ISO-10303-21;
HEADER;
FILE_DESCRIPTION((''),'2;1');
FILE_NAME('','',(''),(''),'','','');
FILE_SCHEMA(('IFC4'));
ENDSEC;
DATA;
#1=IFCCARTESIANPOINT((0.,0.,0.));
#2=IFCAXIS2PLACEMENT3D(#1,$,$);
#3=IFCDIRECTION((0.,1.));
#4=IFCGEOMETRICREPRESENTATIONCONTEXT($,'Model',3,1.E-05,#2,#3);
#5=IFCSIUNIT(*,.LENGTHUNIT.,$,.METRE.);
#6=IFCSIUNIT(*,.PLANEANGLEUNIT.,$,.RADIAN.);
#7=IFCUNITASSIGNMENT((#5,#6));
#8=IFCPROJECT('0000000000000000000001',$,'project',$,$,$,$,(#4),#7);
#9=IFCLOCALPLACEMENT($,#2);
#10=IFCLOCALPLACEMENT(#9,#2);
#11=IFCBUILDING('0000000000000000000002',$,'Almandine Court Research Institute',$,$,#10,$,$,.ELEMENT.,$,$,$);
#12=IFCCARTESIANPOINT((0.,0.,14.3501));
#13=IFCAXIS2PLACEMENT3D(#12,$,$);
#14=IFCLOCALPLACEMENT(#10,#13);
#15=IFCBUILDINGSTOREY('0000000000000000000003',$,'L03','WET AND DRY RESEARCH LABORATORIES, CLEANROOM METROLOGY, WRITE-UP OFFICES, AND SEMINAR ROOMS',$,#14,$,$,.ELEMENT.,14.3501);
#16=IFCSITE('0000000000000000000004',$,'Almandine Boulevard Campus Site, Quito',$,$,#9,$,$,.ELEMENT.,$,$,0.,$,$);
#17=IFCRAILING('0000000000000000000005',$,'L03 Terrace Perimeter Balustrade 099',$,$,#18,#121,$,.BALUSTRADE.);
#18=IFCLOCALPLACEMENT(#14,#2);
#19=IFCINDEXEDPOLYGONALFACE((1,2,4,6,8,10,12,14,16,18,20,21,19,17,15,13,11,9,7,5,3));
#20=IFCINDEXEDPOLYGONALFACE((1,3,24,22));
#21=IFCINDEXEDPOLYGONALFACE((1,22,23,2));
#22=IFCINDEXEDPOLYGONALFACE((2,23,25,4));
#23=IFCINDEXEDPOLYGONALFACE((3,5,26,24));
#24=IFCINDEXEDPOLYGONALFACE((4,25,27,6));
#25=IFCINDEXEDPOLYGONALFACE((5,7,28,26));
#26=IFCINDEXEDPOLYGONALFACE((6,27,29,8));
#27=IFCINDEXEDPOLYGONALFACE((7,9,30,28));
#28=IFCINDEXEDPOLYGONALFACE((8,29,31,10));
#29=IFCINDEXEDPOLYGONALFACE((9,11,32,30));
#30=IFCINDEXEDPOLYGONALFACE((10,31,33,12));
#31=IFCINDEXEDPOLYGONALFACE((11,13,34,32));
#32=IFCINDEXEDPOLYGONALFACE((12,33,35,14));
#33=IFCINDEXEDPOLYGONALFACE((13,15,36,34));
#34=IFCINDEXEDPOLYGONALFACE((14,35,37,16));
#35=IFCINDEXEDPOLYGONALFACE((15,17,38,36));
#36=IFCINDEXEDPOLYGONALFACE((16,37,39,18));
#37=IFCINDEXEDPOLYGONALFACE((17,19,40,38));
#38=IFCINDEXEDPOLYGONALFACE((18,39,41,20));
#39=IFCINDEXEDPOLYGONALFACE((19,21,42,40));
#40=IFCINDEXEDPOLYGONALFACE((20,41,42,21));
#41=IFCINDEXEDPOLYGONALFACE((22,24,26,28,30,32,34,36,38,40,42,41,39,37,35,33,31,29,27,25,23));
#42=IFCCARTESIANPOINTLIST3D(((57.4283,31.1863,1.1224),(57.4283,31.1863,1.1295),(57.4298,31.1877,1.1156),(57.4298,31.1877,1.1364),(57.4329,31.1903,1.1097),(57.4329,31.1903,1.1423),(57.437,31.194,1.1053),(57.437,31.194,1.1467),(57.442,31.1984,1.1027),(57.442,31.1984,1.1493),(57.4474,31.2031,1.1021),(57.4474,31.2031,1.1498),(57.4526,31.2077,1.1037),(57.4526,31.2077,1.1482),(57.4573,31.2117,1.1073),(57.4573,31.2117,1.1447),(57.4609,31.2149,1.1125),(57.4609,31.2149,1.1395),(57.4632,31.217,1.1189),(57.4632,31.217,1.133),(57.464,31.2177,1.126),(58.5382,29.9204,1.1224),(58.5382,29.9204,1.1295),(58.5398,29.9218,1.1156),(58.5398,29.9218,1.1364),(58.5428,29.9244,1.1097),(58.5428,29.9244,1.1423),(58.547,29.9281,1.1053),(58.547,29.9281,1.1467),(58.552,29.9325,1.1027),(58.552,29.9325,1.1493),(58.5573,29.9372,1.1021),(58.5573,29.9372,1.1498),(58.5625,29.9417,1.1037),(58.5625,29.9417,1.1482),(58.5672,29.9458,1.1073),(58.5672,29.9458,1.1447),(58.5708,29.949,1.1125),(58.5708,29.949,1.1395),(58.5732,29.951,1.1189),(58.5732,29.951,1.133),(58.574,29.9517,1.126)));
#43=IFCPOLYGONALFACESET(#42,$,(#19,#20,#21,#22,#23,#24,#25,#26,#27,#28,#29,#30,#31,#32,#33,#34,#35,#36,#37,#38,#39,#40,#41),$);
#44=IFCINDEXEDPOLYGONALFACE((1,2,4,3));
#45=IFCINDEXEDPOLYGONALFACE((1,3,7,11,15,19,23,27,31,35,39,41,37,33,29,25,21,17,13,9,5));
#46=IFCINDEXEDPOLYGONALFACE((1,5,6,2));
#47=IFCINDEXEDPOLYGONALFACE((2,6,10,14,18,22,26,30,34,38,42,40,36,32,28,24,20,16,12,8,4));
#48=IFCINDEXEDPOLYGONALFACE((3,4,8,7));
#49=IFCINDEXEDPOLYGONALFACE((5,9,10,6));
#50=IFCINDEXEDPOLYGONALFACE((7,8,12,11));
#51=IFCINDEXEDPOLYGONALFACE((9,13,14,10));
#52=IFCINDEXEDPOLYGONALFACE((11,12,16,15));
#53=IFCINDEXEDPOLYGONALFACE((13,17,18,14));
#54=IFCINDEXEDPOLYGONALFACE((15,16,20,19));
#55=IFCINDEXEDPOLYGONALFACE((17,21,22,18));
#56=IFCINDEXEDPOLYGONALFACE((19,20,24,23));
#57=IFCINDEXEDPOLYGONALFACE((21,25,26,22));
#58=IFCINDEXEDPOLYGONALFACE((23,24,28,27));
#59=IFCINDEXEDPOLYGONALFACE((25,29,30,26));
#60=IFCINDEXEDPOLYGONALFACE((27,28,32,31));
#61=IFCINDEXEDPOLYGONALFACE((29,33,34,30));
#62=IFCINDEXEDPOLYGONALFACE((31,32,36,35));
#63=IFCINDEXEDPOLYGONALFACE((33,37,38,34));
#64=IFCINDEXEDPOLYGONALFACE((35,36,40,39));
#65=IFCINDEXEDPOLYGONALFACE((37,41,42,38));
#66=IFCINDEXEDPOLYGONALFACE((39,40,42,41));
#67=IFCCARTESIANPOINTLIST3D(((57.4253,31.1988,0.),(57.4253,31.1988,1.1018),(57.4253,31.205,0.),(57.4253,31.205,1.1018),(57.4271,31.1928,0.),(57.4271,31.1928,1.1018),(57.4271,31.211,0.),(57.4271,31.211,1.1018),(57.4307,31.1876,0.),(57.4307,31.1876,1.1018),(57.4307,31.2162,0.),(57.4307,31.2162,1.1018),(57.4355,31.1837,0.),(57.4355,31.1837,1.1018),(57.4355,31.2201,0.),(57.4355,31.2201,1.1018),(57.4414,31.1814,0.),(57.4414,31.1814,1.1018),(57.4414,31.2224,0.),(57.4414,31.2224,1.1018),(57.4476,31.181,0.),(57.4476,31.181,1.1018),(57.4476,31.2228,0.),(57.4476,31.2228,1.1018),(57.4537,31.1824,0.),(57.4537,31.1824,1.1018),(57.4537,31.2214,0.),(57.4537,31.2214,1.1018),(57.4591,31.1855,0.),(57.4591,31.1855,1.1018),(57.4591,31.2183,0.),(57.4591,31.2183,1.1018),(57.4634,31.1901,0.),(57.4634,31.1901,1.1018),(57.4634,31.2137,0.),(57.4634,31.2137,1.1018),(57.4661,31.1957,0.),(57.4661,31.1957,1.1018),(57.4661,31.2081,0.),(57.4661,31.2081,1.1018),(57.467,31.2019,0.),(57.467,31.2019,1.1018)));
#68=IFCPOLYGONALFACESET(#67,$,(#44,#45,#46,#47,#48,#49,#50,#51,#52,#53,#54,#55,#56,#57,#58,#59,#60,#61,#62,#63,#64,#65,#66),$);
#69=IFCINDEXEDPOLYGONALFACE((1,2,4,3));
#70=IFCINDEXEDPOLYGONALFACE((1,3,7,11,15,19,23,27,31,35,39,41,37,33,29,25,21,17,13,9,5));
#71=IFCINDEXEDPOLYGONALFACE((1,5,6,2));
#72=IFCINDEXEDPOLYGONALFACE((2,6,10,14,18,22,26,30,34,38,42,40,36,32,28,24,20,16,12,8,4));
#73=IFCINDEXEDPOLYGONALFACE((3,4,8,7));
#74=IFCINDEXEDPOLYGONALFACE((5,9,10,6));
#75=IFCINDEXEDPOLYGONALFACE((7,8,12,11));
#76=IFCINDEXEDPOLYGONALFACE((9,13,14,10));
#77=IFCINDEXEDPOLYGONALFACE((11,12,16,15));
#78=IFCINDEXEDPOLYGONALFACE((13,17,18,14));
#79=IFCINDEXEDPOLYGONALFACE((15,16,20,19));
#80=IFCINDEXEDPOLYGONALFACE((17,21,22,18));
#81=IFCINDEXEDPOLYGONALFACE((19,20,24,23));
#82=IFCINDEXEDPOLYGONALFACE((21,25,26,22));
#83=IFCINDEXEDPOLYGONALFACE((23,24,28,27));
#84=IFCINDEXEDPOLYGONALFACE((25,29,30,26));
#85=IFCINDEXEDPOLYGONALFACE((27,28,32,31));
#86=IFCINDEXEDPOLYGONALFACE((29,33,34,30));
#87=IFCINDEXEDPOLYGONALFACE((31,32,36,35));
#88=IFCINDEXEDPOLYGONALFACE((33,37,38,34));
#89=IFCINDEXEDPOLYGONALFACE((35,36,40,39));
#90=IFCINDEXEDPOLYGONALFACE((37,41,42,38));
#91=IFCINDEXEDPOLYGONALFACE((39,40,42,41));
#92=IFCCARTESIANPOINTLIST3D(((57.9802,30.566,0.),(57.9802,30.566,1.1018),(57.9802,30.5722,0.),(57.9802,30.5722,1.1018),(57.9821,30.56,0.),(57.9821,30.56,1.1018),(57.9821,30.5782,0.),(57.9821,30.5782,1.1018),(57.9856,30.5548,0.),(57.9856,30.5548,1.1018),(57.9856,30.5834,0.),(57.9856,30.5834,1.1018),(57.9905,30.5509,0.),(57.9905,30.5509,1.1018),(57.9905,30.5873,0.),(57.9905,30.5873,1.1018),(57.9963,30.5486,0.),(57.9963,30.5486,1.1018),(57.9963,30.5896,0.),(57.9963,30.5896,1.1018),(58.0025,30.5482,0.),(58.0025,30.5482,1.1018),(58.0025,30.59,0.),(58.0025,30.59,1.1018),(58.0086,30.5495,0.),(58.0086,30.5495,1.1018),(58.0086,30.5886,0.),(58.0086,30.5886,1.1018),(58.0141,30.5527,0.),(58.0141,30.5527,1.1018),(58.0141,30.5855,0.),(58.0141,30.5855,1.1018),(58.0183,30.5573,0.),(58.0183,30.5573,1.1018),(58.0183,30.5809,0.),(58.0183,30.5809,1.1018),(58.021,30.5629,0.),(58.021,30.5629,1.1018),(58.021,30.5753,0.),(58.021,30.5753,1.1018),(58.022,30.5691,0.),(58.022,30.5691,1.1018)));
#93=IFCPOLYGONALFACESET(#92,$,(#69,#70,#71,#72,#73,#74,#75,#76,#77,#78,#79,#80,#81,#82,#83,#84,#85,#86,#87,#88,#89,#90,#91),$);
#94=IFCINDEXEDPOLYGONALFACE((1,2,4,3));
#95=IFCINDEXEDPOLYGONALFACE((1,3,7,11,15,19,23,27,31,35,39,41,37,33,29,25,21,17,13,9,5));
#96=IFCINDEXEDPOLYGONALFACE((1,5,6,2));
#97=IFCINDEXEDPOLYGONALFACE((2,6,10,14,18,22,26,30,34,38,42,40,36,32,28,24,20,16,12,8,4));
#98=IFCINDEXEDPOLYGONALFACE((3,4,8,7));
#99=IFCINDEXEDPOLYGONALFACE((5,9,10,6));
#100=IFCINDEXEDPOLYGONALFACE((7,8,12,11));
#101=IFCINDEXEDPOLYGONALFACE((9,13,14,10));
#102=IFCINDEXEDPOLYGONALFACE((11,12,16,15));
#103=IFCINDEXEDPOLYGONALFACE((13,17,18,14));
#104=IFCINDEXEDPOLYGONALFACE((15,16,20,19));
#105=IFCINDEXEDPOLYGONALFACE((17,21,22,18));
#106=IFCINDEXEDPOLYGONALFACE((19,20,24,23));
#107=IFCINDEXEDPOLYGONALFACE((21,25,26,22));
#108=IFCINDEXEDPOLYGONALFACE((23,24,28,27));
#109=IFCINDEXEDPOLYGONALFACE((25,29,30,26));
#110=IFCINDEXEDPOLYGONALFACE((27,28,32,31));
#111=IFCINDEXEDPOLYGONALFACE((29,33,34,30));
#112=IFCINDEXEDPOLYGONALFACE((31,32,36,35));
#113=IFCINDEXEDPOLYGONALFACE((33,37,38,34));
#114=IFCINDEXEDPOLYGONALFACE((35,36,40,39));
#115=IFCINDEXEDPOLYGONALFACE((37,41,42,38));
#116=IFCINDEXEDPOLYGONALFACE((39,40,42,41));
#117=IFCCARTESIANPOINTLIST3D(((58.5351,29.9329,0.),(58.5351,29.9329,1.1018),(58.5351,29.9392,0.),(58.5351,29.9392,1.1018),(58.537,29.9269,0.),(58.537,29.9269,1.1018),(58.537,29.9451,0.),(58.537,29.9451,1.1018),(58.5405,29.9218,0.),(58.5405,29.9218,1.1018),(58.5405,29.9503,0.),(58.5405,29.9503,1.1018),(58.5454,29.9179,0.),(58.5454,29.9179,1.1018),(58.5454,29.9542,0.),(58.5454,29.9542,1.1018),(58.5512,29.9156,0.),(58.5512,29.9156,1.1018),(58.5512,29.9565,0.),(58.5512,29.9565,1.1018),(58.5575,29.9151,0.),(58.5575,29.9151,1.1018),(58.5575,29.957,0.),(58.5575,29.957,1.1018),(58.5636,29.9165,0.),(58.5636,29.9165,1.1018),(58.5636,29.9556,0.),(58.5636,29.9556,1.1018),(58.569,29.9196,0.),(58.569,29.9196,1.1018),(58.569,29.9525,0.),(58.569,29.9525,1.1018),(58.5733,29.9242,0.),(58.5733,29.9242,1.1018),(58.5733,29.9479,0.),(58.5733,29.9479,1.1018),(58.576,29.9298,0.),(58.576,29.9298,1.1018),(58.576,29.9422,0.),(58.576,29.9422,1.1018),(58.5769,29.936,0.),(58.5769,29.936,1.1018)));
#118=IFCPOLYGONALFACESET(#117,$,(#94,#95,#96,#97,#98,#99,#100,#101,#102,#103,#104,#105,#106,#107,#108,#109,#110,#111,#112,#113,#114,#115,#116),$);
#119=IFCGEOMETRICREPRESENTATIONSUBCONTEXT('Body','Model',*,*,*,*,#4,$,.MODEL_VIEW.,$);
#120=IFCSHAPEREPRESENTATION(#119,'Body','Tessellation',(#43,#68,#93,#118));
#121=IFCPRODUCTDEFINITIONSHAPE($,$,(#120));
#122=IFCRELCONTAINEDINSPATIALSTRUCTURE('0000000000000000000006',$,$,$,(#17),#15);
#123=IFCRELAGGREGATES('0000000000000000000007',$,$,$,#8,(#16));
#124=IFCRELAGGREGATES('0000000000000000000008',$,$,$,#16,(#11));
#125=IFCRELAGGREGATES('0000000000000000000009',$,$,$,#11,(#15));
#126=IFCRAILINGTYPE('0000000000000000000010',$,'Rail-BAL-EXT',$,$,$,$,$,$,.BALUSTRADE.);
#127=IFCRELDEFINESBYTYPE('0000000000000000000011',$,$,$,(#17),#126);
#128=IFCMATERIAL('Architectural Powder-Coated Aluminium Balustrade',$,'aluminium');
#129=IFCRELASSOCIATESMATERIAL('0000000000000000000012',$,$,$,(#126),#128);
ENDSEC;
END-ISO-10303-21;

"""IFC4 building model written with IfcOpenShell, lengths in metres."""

from ifc_helpers import new_model, si_unit, direction, frame, origin, origin_2d, place, context, subcontext, project, spatial, circle, extrude, material, type_object, element, save


model = new_model("IFC4")

# Units and contexts
model_context = context("Model", 3, precision=1e-05, world=origin(), true_north=direction((0.0, 1.0)))
body_context = subcontext(model_context, "Body", "Model", "MODEL_VIEW")
ifc_project = project(units=[si_unit("LENGTHUNIT", "METRE"), si_unit("PLANEANGLEUNIT", "RADIAN")], contexts=[model_context])

# Site, building, storey
site_placement = place(None, origin())
site = spatial("IfcSite", under=ifc_project, at=site_placement, Name="Almandine Boulevard Campus Site, Quito", CompositionType="ELEMENT", RefElevation=0.0)
building_placement = place(site_placement, origin())
building = spatial("IfcBuilding", under=site, at=building_placement, Name="Almandine Court Research Institute", CompositionType="ELEMENT")
storey_placement = place(building_placement, frame((0.0, 0.0, 14.3501)))
storey = spatial("IfcBuildingStorey", under=building, at=storey_placement, Name="L03", Description="WET AND DRY RESEARCH LABORATORIES, CLEANROOM METROLOGY, WRITE-UP OFFICES, AND SEMINAR ROOMS", CompositionType="ELEMENT", Elevation=14.3501)

# Railing
ifc_material_1 = material(Name="Architectural Powder-Coated Aluminium Balustrade", Category="aluminium")
railing_type = type_object("IfcRailingType", Name="Rail-BAL-EXT", PredefinedType="BALUSTRADE", material=ifc_material_1)
railing_1_placement = place(storey_placement, frame((57.446, 31.2019, 0.0)))
element("IfcRailing", 1, at=railing_1_placement, inside=storey, type_object=railing_type, Name="L03 Terrace Perimeter Balustrade 099", PredefinedType="BALUSTRADE", context=body_context, shape_type="SweptSolid", body=[
    extrude(circle(Radius=0.0239, at=origin_2d()), frame((0.0, 0.0, 1.126), z_axis=(0.659254, -0.751921, 0.0), x_axis=(0.751921, 0.659254, 0.0)), (0.0, 0.0, 1.0), 1.6836),
    extrude(circle(Radius=0.021, at=origin_2d()), origin(), (0.0, 0.0, 1.0), 1.1018),
    extrude(circle(Radius=0.021, at=origin_2d()), frame((0.5549, -0.6328, 0.0)), (0.0, 0.0, 1.0), 1.1018),
    extrude(circle(Radius=0.021, at=origin_2d()), frame((1.1099, -1.2659, 0.0)), (0.0, 0.0, 1.0), 1.1018),
])

save(model, "model.ifc")
